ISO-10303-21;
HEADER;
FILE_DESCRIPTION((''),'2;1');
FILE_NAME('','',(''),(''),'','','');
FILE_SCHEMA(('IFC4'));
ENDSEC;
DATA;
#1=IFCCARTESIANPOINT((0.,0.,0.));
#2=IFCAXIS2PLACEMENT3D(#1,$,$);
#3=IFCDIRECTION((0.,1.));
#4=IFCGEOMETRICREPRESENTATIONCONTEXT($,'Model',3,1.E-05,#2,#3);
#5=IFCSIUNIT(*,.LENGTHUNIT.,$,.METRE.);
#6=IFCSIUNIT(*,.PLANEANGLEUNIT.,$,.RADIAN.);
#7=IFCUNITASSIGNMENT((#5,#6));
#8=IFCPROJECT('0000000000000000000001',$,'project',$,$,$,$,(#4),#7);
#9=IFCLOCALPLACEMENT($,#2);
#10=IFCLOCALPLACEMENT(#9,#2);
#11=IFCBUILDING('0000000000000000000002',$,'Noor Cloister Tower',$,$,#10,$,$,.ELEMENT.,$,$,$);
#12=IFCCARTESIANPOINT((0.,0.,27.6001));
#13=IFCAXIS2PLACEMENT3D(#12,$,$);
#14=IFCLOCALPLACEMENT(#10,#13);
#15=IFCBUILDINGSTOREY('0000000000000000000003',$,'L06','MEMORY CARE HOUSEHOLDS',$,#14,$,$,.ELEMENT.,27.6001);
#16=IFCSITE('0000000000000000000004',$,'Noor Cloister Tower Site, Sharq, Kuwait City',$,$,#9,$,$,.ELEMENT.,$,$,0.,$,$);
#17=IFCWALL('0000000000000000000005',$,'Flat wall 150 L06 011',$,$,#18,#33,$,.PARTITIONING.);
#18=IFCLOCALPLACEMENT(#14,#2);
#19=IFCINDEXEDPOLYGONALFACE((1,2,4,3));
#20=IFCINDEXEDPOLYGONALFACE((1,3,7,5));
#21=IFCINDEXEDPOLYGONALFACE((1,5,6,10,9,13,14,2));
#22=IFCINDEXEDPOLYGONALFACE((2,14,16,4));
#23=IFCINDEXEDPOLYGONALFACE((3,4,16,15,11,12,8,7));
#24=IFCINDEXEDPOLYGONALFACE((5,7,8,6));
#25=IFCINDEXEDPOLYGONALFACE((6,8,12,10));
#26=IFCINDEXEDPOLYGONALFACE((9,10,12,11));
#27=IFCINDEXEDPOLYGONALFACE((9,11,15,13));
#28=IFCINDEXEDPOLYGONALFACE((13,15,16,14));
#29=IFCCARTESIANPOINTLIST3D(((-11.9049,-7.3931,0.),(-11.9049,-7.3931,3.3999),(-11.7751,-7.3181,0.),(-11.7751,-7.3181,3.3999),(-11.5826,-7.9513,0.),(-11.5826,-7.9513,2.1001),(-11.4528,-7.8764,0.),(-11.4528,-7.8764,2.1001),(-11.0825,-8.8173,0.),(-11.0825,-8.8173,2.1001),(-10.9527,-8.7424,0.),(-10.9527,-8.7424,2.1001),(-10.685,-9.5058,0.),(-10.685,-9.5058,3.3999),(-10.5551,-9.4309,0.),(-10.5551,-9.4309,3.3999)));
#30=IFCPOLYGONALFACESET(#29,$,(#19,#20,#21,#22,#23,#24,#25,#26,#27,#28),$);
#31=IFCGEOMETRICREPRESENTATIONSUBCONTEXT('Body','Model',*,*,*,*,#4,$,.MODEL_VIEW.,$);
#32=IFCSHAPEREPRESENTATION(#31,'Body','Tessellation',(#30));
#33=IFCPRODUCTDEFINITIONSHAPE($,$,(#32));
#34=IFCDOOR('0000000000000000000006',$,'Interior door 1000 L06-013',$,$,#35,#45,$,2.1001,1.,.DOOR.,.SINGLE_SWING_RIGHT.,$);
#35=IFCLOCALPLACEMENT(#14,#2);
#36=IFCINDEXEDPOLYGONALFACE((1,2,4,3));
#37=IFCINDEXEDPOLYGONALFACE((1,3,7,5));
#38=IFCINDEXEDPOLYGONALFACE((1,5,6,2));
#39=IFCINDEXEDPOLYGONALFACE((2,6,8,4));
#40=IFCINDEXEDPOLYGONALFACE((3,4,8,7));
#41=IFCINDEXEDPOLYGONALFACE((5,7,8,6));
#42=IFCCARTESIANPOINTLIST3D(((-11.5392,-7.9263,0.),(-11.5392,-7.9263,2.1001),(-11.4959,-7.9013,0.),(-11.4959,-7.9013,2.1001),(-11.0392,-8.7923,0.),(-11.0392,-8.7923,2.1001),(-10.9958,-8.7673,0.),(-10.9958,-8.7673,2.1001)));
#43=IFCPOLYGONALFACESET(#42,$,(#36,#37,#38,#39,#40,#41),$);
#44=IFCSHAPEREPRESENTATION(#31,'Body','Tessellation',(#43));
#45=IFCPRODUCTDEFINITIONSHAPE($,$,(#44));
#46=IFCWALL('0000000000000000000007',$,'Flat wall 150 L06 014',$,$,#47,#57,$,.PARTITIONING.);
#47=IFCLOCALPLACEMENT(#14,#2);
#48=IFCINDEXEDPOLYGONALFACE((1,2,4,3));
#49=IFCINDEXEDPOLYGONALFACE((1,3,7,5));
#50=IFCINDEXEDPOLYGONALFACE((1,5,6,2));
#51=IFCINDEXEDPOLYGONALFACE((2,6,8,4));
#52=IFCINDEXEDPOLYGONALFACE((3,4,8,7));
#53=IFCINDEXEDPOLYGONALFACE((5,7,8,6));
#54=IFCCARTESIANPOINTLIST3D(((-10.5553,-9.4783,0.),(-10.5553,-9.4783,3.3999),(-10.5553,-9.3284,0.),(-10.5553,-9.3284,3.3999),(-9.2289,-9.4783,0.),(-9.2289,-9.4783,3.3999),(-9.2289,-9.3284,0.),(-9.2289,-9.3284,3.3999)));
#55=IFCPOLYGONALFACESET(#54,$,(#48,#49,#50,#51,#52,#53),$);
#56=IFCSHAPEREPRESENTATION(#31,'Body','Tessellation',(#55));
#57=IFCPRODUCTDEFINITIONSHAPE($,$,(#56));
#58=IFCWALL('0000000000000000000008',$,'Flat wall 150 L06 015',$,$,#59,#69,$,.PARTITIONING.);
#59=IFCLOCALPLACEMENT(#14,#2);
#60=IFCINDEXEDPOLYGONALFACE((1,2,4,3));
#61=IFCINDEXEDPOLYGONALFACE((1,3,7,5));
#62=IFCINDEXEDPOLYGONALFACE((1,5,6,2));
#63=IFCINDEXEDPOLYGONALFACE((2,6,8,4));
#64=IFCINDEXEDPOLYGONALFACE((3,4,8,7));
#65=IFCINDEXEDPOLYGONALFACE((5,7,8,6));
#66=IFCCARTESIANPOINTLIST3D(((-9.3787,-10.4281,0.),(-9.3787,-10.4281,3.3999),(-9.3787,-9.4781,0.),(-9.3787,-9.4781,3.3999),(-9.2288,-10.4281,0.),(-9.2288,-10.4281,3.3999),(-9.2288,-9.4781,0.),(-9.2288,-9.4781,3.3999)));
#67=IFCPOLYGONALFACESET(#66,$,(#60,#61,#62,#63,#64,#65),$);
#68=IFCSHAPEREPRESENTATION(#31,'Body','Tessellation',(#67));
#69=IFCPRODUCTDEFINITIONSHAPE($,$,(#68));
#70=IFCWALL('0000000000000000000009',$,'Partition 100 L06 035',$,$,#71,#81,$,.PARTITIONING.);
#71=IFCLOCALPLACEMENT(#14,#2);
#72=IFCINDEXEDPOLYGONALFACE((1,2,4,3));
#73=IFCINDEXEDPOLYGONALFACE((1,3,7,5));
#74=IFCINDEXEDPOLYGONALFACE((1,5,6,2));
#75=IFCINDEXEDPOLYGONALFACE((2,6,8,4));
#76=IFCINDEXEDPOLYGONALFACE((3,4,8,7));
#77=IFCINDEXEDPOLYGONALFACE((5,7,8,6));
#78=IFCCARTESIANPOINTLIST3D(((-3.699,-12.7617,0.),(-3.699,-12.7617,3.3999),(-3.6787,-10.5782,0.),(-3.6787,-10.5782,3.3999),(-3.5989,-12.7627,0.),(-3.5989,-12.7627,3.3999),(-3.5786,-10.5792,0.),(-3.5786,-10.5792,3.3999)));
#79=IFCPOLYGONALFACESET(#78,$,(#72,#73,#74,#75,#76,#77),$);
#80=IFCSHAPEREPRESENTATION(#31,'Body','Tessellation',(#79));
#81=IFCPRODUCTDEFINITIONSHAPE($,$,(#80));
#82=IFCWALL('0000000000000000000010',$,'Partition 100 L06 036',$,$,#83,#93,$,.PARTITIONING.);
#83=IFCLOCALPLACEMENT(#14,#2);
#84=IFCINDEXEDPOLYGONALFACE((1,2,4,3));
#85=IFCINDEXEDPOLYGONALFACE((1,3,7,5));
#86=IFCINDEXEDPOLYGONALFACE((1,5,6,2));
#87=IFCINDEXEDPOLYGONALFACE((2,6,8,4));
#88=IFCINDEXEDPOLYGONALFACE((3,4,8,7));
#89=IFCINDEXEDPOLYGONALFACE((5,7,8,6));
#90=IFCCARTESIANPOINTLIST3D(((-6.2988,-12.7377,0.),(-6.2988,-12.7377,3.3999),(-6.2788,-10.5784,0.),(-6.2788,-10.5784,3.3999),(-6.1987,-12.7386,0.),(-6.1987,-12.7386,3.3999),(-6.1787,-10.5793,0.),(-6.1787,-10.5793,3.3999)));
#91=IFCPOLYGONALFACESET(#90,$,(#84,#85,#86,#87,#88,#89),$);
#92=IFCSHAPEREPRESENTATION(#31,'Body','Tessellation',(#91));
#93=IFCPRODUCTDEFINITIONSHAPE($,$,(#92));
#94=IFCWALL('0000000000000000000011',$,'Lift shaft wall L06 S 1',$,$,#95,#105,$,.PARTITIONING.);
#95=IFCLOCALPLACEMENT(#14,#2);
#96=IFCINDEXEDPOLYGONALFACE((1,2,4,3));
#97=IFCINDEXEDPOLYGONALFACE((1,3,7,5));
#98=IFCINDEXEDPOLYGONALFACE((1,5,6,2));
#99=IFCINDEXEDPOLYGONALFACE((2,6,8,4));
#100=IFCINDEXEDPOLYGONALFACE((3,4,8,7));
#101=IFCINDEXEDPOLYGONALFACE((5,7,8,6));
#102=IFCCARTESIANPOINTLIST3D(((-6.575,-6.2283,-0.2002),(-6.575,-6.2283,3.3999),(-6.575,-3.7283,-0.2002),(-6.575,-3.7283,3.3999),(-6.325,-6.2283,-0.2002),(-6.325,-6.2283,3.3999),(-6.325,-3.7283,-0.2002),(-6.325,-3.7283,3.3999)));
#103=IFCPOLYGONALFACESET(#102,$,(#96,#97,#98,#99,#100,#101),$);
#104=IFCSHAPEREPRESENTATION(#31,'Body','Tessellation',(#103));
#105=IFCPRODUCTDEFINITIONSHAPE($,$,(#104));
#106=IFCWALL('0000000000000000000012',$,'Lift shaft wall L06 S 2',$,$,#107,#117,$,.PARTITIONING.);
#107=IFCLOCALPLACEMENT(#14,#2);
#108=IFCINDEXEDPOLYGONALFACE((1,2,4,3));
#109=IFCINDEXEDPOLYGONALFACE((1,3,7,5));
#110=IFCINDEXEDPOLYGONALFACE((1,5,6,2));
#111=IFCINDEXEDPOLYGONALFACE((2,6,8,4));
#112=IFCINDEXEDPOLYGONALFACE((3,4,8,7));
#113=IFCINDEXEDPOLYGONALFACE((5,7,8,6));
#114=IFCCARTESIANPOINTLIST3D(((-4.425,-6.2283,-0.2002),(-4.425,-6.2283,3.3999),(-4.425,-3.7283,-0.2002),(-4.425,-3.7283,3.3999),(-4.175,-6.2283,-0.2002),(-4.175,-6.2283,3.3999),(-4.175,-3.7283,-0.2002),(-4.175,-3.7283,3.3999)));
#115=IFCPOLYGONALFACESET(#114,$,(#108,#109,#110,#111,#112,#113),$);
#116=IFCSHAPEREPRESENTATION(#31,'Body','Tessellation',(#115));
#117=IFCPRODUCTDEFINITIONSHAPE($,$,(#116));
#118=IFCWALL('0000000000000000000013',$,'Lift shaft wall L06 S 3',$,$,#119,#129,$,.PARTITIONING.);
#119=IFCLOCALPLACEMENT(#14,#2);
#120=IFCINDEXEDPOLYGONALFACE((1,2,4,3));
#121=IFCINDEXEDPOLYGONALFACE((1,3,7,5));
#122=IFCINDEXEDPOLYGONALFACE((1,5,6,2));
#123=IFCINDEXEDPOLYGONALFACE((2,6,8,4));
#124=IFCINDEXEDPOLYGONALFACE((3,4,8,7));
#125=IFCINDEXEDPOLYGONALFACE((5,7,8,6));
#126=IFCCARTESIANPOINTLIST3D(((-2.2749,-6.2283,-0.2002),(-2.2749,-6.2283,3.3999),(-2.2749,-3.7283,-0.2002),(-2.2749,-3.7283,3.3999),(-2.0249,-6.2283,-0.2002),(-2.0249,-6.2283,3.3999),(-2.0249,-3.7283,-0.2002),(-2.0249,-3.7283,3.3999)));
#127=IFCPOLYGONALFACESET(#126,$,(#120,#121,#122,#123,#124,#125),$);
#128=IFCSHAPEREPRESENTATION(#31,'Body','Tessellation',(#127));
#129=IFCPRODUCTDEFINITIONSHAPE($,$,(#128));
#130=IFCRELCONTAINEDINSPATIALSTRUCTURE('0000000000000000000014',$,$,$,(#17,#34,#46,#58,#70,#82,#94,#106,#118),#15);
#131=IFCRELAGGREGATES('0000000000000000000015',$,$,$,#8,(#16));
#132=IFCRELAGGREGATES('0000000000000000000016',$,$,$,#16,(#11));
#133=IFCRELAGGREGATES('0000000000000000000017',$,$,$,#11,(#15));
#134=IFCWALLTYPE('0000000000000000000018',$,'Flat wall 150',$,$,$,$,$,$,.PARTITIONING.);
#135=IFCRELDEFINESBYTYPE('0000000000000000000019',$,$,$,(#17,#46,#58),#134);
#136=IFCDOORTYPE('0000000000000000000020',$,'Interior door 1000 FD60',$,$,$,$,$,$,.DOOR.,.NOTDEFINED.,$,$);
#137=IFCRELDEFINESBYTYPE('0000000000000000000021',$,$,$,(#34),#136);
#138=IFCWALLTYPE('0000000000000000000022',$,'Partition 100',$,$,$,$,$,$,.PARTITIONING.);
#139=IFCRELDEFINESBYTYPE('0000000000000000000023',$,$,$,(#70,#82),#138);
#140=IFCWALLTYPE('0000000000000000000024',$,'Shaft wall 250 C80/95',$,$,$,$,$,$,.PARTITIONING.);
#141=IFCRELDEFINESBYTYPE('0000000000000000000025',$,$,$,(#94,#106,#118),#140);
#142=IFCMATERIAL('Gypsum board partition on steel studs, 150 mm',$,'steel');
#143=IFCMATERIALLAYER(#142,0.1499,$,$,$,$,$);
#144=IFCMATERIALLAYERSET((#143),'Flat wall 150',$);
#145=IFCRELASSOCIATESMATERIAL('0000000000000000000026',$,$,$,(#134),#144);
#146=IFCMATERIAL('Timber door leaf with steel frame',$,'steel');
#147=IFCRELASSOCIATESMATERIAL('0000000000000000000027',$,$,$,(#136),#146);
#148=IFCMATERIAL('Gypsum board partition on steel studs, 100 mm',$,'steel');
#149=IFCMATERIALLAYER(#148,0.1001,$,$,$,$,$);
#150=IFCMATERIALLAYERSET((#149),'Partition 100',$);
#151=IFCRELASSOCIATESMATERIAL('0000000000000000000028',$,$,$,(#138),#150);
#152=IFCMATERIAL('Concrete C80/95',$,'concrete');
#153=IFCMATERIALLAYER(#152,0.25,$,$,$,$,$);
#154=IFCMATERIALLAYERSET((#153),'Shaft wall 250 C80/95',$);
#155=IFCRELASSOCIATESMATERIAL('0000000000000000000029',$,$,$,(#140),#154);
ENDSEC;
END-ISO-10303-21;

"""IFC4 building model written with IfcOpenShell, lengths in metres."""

from ifc_helpers import new_model, si_unit, direction, frame, frame_2d, origin, place, context, subcontext, project, spatial, rectangle, extrude, material, layer, layer_set, type_object, element, fill, save


model = new_model("IFC4")

# Units and contexts
model_context = context("Model", 3, precision=1e-05, world=origin(), true_north=direction((0.0, 1.0)))
body_context = subcontext(model_context, "Body", "Model", "MODEL_VIEW")
ifc_project = project(units=[si_unit("LENGTHUNIT", "METRE"), si_unit("PLANEANGLEUNIT", "RADIAN")], contexts=[model_context])

# Site, building, storey
site_placement = place(None, origin())
site = spatial("IfcSite", under=ifc_project, at=site_placement, Name="Noor Cloister Tower Site, Sharq, Kuwait City", CompositionType="ELEMENT", RefElevation=0.0)
building_placement = place(site_placement, origin())
building = spatial("IfcBuilding", under=site, at=building_placement, Name="Noor Cloister Tower", CompositionType="ELEMENT")
storey_placement = place(building_placement, frame((0.0, 0.0, 27.6001)))
storey = spatial("IfcBuildingStorey", under=building, at=storey_placement, Name="L06", Description="MEMORY CARE HOUSEHOLDS", CompositionType="ELEMENT", Elevation=27.6001)

# Wall, opening, door
ifc_material_1 = material(Name="Gypsum board partition on steel studs, 150 mm", Category="steel")
ifc_layer_1 = layer(ifc_material_1, 0.1499)
ifc_layer_set_1 = layer_set([ifc_layer_1], Name="Flat wall 150")
wall_type_1 = type_object("IfcWallType", Name="Flat wall 150", PredefinedType="PARTITIONING", material=ifc_layer_set_1)
wall_1_placement = place(storey_placement, frame((-10.6201, -9.4683, 0.0), z_axis=(0.0, 0.0, 1.0), x_axis=(-0.500046, 0.865999, 0.0)))
wall_1 = element("IfcWall", 1, at=wall_1_placement, inside=storey, type_object=wall_type_1, Name="Flat wall 150 L06 011", PredefinedType="PARTITIONING", context=body_context, shape_type="SweptSolid", body=[
    extrude(rectangle(XDim=2.4397, YDim=0.1499, at=frame_2d((1.2197, 0.0))), origin(), (0.0, 0.0, 1.0), 3.3999),
])
opening_1_placement = place(wall_1_placement, frame((0.7949, 0.0, 0.0)))
opening_1 = element("IfcOpeningElement", 2, at=opening_1_placement, cuts=wall_1, PredefinedType="OPENING", context=body_context, shape_type="SweptSolid", body=[
    extrude(rectangle(XDim=1.0, YDim=2.1001, at=frame_2d((0.5, 1.05))), frame((0.0, 0.085, 0.0), z_axis=(0.0, -1.0, 0.0), x_axis=(1.0, 0.0, 0.0)), (0.0, 0.0, 1.0), 0.1699),
])
ifc_material_2 = material(Name="Timber door leaf with steel frame", Category="steel")
door_type_1 = type_object("IfcDoorType", Name="Interior door 1000 FD60", OperationType="NOTDEFINED", PredefinedType="DOOR", material=ifc_material_2)
door_1_placement = place(opening_1_placement, origin())
door_1 = element("IfcDoor", 3, at=door_1_placement, inside=storey, type_object=door_type_1, Name="Interior door 1000 L06-013", OperationType="SINGLE_SWING_RIGHT", OverallHeight=2.1001, OverallWidth=1.0, PredefinedType="DOOR", context=body_context, shape_type="SweptSolid", body=[
    extrude(rectangle(XDim=1.0, YDim=2.1001, at=frame_2d((0.5, 1.05))), frame((0.0, 0.0249, 0.0), z_axis=(0.0, -1.0, 0.0), x_axis=(1.0, 0.0, 0.0)), (0.0, 0.0, 1.0), 0.05),
])
fill(opening_1, door_1)

# Walls
wall_2_placement = place(storey_placement, frame((-10.5552, -9.4033, 0.0), z_axis=(0.0, 0.0, 1.0), x_axis=(1.0, 0.0, 0.0)))
element("IfcWall", 4, at=wall_2_placement, inside=storey, type_object=wall_type_1, Name="Flat wall 150 L06 014", PredefinedType="PARTITIONING", context=body_context, shape_type="SweptSolid", body=[
    extrude(rectangle(XDim=1.3264, YDim=0.1499, at=frame_2d((0.6631, 0.0))), origin(), (0.0, 0.0, 1.0), 3.3999),
])
wall_3_placement = place(storey_placement, frame((-9.3037, -10.4282, 0.0), z_axis=(0.0, 0.0, 1.0), x_axis=(0.0, 1.0, 0.0)))
element("IfcWall", 5, at=wall_3_placement, inside=storey, type_object=wall_type_1, Name="Flat wall 150 L06 015", PredefinedType="PARTITIONING", context=body_context, shape_type="SweptSolid", body=[
    extrude(rectangle(XDim=0.95, YDim=0.1499, at=frame_2d((0.4751, 0.0))), origin(), (0.0, 0.0, 1.0), 3.3999),
])
ifc_material_3 = material(Name="Gypsum board partition on steel studs, 100 mm", Category="steel")
ifc_layer_2 = layer(ifc_material_3, 0.1001)
ifc_layer_set_2 = layer_set([ifc_layer_2], Name="Partition 100")
wall_type_2 = type_object("IfcWallType", Name="Partition 100", PredefinedType="PARTITIONING", material=ifc_layer_set_2)
wall_4_placement = place(storey_placement, frame((-3.6489, -12.7622, 0.0), z_axis=(0.0, 0.0, 1.0), x_axis=(0.00928, 0.999957, 0.0)))
element("IfcWall", 6, at=wall_4_placement, inside=storey, type_object=wall_type_2, Name="Partition 100 L06 035", PredefinedType="PARTITIONING", context=body_context, shape_type="SweptSolid", body=[
    extrude(rectangle(XDim=2.1836, YDim=0.1001, at=frame_2d((1.0918, 0.0))), origin(), (0.0, 0.0, 1.0), 3.3999),
])
wall_5_placement = place(storey_placement, frame((-6.2488, -12.738, 0.0), z_axis=(0.0, 0.0, 1.0), x_axis=(0.00927, 0.999957, 0.0)))
element("IfcWall", 7, at=wall_5_placement, inside=storey, type_object=wall_type_2, Name="Partition 100 L06 036", PredefinedType="PARTITIONING", context=body_context, shape_type="SweptSolid", body=[
    extrude(rectangle(XDim=2.1594, YDim=0.1001, at=frame_2d((1.0796, 0.0))), origin(), (0.0, 0.0, 1.0), 3.3999),
])
ifc_material_4 = material(Name="Concrete C80/95", Category="concrete")
ifc_layer_3 = layer(ifc_material_4, 0.25)
ifc_layer_set_3 = layer_set([ifc_layer_3], Name="Shaft wall 250 C80/95")
wall_type_3 = type_object("IfcWallType", Name="Shaft wall 250 C80/95", PredefinedType="PARTITIONING", material=ifc_layer_set_3)
for number, where, z_axis, x_axis, name in (
    (8, (-6.45, -6.2283, -0.2002), (0.0, 0.0, 1.0), (0.0, 1.0, 0.0), "Lift shaft wall L06 S 1"),
    (9, (-4.3, -6.2283, -0.2002), (0.0, 0.0, 1.0), (0.0, 1.0, 0.0), "Lift shaft wall L06 S 2"),
    (10, (-2.1499, -6.2283, -0.2002), (0.0, 0.0, 1.0), (0.0, 1.0, 0.0), "Lift shaft wall L06 S 3"),
):
    element("IfcWall", number, at=place(storey_placement, frame(where, z_axis=z_axis, x_axis=x_axis)), inside=storey, type_object=wall_type_3, Name=name, PredefinedType="PARTITIONING", context=body_context, shape_type="SweptSolid", body=[
        extrude(rectangle(XDim=2.5, YDim=0.25, at=frame_2d((1.25, 0.0))), origin(), (0.0, 0.0, 1.0), 3.6001),
    ])

save(model, "model.ifc")
